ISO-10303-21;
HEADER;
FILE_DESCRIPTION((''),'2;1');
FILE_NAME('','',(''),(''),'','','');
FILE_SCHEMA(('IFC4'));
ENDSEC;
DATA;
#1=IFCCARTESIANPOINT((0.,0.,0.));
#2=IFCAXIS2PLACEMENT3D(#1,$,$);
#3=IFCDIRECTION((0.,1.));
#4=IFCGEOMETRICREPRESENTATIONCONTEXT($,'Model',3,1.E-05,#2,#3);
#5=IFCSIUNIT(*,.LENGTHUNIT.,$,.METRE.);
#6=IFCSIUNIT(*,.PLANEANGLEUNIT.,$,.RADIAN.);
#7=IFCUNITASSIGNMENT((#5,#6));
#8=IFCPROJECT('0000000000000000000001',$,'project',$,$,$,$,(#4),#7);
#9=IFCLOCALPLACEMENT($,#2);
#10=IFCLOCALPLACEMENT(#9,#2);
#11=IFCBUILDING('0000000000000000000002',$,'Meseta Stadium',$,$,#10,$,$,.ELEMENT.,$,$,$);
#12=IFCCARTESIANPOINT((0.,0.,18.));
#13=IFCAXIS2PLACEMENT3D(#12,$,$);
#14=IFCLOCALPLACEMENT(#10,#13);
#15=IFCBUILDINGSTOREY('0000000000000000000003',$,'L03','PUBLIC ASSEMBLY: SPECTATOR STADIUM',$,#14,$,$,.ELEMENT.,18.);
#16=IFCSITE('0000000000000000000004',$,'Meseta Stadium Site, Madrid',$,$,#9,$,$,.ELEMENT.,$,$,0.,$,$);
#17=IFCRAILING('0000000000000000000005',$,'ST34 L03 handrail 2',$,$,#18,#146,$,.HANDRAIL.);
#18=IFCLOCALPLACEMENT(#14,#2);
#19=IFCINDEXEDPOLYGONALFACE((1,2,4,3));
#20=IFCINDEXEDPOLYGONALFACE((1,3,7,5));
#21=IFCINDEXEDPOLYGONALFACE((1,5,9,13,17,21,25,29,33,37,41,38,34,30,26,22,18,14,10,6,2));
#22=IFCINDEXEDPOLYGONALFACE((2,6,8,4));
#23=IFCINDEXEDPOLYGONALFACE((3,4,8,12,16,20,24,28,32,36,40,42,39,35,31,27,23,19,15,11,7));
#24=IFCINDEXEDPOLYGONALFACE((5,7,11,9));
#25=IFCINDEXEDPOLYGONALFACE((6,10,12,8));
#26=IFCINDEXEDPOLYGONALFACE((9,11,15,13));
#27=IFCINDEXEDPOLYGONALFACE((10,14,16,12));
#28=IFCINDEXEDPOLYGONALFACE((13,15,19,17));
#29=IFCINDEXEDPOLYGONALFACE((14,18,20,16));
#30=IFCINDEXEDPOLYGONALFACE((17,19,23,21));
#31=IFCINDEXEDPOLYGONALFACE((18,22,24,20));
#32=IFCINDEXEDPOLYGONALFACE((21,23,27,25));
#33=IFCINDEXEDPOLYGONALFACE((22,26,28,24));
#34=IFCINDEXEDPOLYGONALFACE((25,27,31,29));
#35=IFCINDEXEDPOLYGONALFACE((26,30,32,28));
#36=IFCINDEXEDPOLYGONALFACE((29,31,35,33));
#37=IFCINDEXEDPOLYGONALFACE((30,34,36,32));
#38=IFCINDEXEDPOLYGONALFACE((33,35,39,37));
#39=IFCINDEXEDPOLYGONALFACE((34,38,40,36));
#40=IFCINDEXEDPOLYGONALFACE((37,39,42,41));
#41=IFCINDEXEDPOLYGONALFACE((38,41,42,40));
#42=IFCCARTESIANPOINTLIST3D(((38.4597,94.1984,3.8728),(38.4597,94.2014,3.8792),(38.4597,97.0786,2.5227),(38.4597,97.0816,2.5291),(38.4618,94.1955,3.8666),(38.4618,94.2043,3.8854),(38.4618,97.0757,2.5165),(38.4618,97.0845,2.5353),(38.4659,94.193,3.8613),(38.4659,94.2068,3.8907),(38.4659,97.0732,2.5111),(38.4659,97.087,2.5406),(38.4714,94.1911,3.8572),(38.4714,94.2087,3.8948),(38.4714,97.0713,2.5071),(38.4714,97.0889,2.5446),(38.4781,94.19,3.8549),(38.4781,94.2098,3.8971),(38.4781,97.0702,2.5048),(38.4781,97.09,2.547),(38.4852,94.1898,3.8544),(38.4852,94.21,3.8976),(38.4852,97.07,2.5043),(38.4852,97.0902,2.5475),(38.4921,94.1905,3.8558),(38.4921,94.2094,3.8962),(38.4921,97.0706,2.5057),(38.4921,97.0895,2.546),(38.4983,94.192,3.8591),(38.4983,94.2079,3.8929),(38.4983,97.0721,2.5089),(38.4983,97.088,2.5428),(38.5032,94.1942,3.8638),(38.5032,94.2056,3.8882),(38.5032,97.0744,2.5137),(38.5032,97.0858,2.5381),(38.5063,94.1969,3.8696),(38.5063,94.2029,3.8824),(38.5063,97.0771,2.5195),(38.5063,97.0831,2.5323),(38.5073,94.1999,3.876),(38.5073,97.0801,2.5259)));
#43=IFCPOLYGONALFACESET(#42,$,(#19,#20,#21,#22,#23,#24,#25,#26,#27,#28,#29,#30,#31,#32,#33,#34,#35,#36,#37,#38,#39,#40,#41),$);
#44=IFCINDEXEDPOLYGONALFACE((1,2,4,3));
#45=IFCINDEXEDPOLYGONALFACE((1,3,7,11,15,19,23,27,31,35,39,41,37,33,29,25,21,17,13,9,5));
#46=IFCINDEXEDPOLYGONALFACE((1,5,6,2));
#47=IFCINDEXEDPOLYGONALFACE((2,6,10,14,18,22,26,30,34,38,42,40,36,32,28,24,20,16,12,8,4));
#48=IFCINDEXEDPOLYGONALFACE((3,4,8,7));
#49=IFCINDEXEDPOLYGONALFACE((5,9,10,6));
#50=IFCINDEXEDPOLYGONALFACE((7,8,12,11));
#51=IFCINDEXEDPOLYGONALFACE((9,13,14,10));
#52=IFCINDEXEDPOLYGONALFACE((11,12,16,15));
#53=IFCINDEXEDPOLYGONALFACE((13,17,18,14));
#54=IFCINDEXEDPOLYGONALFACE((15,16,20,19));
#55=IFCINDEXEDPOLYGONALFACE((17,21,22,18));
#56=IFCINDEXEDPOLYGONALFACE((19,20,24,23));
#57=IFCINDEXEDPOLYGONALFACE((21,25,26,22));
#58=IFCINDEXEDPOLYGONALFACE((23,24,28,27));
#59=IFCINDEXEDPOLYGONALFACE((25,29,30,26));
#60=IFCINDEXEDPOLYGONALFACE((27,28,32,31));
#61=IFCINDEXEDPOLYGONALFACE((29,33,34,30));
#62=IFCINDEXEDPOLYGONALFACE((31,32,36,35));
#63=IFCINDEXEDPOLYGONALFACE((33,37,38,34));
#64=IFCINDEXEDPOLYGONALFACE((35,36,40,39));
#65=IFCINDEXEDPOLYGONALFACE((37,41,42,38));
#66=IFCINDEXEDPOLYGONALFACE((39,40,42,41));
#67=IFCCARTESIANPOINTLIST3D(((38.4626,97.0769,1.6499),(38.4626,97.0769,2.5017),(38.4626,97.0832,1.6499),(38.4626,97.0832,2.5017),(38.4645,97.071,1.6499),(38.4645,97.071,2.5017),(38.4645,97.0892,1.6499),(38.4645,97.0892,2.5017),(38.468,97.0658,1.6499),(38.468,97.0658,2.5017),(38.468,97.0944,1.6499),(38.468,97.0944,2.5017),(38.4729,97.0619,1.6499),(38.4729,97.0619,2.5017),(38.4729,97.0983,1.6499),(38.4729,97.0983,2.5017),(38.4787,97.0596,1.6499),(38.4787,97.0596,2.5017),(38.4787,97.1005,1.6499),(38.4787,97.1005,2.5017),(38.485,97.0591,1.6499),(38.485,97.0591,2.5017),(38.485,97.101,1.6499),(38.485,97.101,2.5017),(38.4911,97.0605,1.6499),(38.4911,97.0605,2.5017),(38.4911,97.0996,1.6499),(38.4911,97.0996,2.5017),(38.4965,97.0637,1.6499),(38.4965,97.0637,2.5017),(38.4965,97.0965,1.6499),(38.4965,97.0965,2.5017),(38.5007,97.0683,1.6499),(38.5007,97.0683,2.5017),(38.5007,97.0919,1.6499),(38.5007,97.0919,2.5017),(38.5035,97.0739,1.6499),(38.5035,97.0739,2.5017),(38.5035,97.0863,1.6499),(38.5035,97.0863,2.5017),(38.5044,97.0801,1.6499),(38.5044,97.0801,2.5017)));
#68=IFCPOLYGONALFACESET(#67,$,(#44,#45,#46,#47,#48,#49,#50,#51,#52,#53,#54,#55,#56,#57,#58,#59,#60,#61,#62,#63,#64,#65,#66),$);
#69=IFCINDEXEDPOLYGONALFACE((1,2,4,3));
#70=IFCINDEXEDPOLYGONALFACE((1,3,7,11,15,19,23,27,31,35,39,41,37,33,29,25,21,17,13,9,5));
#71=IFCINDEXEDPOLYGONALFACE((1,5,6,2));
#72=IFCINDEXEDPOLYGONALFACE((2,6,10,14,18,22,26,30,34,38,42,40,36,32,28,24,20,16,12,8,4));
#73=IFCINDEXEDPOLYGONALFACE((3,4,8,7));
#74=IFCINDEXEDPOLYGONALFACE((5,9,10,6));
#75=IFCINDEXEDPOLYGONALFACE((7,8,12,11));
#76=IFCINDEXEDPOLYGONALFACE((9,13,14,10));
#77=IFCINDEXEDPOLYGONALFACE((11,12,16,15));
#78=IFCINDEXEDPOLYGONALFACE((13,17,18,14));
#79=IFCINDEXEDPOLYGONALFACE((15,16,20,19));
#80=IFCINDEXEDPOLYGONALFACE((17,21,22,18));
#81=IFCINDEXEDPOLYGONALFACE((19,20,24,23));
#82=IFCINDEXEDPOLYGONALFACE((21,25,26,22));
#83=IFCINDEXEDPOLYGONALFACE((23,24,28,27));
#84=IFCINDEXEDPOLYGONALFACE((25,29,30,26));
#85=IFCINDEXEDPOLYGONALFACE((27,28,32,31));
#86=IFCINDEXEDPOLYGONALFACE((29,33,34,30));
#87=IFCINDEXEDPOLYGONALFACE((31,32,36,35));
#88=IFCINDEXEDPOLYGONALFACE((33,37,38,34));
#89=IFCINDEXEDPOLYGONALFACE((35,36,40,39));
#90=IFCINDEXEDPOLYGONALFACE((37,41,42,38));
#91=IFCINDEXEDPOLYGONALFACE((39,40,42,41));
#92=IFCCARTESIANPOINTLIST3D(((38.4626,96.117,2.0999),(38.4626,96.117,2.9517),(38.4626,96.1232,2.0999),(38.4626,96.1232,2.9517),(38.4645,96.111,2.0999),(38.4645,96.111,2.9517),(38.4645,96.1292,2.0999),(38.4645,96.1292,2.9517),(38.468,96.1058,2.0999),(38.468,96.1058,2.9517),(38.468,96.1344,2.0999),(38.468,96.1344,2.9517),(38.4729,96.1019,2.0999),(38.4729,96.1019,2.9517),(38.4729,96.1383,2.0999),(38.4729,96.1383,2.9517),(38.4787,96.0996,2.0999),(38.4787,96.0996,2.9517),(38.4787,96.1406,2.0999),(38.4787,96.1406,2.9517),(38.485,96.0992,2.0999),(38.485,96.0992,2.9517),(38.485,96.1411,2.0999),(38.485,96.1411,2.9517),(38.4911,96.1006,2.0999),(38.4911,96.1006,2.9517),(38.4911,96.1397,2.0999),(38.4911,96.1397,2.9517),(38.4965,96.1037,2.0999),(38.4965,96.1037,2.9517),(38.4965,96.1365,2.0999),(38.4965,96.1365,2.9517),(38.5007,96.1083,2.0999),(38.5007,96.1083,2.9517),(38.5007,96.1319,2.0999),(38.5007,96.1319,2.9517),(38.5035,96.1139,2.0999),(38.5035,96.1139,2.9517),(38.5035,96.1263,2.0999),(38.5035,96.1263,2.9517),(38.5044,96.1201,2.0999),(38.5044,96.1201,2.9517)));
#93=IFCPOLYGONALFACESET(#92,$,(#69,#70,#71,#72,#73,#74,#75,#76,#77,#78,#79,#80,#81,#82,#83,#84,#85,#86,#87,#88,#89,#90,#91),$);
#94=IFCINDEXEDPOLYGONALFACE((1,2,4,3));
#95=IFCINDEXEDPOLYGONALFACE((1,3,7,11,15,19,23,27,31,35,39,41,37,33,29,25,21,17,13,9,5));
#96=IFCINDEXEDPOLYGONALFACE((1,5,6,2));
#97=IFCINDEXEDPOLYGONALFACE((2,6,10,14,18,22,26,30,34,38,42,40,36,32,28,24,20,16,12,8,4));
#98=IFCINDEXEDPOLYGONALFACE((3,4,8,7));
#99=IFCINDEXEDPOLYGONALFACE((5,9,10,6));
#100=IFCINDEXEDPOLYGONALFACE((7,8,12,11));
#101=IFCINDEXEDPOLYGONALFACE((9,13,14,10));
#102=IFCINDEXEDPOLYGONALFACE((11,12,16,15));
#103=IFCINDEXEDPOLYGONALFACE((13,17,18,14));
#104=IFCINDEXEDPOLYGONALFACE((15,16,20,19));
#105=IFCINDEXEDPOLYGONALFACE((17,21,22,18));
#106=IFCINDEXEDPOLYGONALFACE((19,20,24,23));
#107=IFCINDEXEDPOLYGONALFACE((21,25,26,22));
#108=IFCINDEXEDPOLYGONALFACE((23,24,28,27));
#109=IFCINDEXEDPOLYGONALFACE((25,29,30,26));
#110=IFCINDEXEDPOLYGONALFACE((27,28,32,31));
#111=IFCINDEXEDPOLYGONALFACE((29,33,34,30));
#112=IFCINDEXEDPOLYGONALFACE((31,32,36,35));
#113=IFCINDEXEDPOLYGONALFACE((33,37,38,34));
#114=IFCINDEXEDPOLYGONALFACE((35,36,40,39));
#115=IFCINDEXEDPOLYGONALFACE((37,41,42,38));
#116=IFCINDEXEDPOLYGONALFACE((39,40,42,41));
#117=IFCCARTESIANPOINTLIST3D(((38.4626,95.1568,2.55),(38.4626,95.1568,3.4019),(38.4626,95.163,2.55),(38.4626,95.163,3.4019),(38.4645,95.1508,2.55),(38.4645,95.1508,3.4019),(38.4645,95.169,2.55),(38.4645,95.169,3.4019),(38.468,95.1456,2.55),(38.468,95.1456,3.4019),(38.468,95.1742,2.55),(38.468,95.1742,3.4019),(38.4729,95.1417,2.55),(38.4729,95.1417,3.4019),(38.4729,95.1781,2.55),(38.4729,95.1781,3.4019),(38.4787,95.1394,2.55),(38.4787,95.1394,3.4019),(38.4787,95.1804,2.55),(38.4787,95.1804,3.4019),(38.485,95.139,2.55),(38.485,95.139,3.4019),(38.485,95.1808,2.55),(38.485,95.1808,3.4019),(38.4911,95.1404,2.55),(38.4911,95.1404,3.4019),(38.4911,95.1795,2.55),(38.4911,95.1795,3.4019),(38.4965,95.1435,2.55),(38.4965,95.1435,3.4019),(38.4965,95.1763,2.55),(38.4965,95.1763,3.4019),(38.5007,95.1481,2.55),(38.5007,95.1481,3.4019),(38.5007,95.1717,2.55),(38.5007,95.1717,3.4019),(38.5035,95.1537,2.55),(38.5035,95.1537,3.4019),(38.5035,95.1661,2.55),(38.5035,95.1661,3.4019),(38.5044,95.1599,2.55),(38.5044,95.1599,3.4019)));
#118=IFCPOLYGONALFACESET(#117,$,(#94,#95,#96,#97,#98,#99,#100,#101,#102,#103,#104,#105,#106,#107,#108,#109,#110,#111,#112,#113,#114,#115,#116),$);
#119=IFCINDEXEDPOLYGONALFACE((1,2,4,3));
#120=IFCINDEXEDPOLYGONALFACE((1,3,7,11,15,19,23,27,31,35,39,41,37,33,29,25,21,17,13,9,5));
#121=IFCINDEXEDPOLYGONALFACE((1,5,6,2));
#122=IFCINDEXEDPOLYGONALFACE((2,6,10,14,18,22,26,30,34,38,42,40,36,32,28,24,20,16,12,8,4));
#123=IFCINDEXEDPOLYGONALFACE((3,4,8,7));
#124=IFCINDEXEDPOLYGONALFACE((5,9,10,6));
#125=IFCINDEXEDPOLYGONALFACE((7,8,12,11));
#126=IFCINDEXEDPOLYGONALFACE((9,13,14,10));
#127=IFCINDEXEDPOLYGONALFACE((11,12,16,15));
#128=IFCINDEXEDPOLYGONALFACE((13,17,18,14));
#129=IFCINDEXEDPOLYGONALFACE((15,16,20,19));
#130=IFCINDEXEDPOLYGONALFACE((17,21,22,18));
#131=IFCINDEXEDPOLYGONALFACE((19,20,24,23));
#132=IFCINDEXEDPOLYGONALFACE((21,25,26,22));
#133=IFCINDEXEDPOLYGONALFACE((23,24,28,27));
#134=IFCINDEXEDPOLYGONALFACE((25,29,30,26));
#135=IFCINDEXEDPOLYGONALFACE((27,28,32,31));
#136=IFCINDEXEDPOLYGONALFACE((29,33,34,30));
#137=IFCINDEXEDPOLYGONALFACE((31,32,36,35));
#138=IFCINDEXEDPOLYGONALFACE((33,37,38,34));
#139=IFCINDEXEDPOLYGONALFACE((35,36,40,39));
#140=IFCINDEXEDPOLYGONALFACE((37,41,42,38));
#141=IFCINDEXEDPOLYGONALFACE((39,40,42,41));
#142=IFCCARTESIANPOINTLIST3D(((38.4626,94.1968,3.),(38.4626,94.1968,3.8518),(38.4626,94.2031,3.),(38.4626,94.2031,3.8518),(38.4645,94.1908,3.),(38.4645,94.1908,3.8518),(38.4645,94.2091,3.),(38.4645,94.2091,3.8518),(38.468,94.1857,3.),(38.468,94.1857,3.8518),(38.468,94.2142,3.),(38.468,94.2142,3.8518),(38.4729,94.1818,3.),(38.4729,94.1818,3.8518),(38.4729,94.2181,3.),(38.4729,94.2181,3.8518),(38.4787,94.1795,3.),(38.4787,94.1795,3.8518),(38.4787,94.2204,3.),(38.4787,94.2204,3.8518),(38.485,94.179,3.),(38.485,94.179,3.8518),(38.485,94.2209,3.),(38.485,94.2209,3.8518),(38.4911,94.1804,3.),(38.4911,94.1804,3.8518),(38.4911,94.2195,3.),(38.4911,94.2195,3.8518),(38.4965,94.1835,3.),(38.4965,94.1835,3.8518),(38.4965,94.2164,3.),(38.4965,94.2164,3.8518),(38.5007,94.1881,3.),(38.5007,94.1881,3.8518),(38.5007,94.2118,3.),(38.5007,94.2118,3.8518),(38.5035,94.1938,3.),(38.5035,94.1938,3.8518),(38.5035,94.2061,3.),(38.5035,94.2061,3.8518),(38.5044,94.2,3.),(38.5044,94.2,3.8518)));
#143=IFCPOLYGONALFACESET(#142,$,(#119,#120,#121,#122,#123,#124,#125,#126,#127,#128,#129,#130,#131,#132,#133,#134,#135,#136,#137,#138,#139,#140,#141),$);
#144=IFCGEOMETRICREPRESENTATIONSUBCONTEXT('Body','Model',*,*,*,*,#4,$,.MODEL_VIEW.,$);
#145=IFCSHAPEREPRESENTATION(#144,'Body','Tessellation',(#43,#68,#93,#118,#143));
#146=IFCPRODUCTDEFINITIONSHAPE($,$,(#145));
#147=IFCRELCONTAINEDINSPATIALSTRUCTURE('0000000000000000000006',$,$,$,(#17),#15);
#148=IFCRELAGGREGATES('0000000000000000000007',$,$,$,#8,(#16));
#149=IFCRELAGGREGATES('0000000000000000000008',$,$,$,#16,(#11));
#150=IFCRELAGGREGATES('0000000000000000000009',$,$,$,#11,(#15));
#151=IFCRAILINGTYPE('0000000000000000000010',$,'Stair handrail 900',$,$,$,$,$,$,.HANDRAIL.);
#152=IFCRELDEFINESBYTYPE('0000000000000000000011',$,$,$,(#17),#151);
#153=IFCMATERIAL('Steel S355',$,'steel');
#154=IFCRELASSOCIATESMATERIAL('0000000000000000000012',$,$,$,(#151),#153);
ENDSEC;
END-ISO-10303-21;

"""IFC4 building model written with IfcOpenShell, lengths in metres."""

from ifc_helpers import new_model, si_unit, direction, frame, origin, origin_2d, place, context, subcontext, project, spatial, circle, extrude, material, type_object, element, save


model = new_model("IFC4")

# Units and contexts
model_context = context("Model", 3, precision=1e-05, world=origin(), true_north=direction((0.0, 1.0)))
body_context = subcontext(model_context, "Body", "Model", "MODEL_VIEW")
ifc_project = project(units=[si_unit("LENGTHUNIT", "METRE"), si_unit("PLANEANGLEUNIT", "RADIAN")], contexts=[model_context])

# Site, building, storey
site_placement = place(None, origin())
site = spatial("IfcSite", under=ifc_project, at=site_placement, Name="Meseta Stadium Site, Madrid", CompositionType="ELEMENT", RefElevation=0.0)
building_placement = place(site_placement, origin())
building = spatial("IfcBuilding", under=site, at=building_placement, Name="Meseta Stadium", CompositionType="ELEMENT")
storey_placement = place(building_placement, frame((0.0, 0.0, 18.0)))
storey = spatial("IfcBuildingStorey", under=building, at=storey_placement, Name="L03", Description="PUBLIC ASSEMBLY: SPECTATOR STADIUM", CompositionType="ELEMENT", Elevation=18.0)

# Railing
ifc_material_1 = material(Name="Steel S355", Category="steel")
railing_type_1 = type_object("IfcRailingType", Name="Stair handrail 900", PredefinedType="HANDRAIL", material=ifc_material_1)
for number, where, name in (
    (1, (38.4834, 97.0801, 1.6499), "ST34 L03 handrail 2"),
):
    element("IfcRailing", number, at=place(storey_placement, frame(where)), inside=storey, type_object=railing_type_1, Name=name, PredefinedType="HANDRAIL", context=body_context, shape_type="SweptSolid", body=[
        extrude(circle(Radius=0.0239, at=origin_2d()), frame((0.0, 0.0, 0.876), z_axis=(0.0, -0.905454, 0.424444), x_axis=(1.0, 0.0, 0.0)), (0.0, 0.0, 1.0), 3.1809),
        extrude(circle(Radius=0.021, at=origin_2d()), origin(), (0.0, 0.0, 1.0), 0.8518),
        extrude(circle(Radius=0.021, at=origin_2d()), frame((0.0, -0.96, 0.45)), (0.0, 0.0, 1.0), 0.8518),
        extrude(circle(Radius=0.021, at=origin_2d()), frame((0.0, -1.9202, 0.9001)), (0.0, 0.0, 1.0), 0.8518),
        extrude(circle(Radius=0.021, at=origin_2d()), frame((0.0, -2.8801, 1.3501)), (0.0, 0.0, 1.0), 0.8518),
    ])

save(model, "model.ifc")
